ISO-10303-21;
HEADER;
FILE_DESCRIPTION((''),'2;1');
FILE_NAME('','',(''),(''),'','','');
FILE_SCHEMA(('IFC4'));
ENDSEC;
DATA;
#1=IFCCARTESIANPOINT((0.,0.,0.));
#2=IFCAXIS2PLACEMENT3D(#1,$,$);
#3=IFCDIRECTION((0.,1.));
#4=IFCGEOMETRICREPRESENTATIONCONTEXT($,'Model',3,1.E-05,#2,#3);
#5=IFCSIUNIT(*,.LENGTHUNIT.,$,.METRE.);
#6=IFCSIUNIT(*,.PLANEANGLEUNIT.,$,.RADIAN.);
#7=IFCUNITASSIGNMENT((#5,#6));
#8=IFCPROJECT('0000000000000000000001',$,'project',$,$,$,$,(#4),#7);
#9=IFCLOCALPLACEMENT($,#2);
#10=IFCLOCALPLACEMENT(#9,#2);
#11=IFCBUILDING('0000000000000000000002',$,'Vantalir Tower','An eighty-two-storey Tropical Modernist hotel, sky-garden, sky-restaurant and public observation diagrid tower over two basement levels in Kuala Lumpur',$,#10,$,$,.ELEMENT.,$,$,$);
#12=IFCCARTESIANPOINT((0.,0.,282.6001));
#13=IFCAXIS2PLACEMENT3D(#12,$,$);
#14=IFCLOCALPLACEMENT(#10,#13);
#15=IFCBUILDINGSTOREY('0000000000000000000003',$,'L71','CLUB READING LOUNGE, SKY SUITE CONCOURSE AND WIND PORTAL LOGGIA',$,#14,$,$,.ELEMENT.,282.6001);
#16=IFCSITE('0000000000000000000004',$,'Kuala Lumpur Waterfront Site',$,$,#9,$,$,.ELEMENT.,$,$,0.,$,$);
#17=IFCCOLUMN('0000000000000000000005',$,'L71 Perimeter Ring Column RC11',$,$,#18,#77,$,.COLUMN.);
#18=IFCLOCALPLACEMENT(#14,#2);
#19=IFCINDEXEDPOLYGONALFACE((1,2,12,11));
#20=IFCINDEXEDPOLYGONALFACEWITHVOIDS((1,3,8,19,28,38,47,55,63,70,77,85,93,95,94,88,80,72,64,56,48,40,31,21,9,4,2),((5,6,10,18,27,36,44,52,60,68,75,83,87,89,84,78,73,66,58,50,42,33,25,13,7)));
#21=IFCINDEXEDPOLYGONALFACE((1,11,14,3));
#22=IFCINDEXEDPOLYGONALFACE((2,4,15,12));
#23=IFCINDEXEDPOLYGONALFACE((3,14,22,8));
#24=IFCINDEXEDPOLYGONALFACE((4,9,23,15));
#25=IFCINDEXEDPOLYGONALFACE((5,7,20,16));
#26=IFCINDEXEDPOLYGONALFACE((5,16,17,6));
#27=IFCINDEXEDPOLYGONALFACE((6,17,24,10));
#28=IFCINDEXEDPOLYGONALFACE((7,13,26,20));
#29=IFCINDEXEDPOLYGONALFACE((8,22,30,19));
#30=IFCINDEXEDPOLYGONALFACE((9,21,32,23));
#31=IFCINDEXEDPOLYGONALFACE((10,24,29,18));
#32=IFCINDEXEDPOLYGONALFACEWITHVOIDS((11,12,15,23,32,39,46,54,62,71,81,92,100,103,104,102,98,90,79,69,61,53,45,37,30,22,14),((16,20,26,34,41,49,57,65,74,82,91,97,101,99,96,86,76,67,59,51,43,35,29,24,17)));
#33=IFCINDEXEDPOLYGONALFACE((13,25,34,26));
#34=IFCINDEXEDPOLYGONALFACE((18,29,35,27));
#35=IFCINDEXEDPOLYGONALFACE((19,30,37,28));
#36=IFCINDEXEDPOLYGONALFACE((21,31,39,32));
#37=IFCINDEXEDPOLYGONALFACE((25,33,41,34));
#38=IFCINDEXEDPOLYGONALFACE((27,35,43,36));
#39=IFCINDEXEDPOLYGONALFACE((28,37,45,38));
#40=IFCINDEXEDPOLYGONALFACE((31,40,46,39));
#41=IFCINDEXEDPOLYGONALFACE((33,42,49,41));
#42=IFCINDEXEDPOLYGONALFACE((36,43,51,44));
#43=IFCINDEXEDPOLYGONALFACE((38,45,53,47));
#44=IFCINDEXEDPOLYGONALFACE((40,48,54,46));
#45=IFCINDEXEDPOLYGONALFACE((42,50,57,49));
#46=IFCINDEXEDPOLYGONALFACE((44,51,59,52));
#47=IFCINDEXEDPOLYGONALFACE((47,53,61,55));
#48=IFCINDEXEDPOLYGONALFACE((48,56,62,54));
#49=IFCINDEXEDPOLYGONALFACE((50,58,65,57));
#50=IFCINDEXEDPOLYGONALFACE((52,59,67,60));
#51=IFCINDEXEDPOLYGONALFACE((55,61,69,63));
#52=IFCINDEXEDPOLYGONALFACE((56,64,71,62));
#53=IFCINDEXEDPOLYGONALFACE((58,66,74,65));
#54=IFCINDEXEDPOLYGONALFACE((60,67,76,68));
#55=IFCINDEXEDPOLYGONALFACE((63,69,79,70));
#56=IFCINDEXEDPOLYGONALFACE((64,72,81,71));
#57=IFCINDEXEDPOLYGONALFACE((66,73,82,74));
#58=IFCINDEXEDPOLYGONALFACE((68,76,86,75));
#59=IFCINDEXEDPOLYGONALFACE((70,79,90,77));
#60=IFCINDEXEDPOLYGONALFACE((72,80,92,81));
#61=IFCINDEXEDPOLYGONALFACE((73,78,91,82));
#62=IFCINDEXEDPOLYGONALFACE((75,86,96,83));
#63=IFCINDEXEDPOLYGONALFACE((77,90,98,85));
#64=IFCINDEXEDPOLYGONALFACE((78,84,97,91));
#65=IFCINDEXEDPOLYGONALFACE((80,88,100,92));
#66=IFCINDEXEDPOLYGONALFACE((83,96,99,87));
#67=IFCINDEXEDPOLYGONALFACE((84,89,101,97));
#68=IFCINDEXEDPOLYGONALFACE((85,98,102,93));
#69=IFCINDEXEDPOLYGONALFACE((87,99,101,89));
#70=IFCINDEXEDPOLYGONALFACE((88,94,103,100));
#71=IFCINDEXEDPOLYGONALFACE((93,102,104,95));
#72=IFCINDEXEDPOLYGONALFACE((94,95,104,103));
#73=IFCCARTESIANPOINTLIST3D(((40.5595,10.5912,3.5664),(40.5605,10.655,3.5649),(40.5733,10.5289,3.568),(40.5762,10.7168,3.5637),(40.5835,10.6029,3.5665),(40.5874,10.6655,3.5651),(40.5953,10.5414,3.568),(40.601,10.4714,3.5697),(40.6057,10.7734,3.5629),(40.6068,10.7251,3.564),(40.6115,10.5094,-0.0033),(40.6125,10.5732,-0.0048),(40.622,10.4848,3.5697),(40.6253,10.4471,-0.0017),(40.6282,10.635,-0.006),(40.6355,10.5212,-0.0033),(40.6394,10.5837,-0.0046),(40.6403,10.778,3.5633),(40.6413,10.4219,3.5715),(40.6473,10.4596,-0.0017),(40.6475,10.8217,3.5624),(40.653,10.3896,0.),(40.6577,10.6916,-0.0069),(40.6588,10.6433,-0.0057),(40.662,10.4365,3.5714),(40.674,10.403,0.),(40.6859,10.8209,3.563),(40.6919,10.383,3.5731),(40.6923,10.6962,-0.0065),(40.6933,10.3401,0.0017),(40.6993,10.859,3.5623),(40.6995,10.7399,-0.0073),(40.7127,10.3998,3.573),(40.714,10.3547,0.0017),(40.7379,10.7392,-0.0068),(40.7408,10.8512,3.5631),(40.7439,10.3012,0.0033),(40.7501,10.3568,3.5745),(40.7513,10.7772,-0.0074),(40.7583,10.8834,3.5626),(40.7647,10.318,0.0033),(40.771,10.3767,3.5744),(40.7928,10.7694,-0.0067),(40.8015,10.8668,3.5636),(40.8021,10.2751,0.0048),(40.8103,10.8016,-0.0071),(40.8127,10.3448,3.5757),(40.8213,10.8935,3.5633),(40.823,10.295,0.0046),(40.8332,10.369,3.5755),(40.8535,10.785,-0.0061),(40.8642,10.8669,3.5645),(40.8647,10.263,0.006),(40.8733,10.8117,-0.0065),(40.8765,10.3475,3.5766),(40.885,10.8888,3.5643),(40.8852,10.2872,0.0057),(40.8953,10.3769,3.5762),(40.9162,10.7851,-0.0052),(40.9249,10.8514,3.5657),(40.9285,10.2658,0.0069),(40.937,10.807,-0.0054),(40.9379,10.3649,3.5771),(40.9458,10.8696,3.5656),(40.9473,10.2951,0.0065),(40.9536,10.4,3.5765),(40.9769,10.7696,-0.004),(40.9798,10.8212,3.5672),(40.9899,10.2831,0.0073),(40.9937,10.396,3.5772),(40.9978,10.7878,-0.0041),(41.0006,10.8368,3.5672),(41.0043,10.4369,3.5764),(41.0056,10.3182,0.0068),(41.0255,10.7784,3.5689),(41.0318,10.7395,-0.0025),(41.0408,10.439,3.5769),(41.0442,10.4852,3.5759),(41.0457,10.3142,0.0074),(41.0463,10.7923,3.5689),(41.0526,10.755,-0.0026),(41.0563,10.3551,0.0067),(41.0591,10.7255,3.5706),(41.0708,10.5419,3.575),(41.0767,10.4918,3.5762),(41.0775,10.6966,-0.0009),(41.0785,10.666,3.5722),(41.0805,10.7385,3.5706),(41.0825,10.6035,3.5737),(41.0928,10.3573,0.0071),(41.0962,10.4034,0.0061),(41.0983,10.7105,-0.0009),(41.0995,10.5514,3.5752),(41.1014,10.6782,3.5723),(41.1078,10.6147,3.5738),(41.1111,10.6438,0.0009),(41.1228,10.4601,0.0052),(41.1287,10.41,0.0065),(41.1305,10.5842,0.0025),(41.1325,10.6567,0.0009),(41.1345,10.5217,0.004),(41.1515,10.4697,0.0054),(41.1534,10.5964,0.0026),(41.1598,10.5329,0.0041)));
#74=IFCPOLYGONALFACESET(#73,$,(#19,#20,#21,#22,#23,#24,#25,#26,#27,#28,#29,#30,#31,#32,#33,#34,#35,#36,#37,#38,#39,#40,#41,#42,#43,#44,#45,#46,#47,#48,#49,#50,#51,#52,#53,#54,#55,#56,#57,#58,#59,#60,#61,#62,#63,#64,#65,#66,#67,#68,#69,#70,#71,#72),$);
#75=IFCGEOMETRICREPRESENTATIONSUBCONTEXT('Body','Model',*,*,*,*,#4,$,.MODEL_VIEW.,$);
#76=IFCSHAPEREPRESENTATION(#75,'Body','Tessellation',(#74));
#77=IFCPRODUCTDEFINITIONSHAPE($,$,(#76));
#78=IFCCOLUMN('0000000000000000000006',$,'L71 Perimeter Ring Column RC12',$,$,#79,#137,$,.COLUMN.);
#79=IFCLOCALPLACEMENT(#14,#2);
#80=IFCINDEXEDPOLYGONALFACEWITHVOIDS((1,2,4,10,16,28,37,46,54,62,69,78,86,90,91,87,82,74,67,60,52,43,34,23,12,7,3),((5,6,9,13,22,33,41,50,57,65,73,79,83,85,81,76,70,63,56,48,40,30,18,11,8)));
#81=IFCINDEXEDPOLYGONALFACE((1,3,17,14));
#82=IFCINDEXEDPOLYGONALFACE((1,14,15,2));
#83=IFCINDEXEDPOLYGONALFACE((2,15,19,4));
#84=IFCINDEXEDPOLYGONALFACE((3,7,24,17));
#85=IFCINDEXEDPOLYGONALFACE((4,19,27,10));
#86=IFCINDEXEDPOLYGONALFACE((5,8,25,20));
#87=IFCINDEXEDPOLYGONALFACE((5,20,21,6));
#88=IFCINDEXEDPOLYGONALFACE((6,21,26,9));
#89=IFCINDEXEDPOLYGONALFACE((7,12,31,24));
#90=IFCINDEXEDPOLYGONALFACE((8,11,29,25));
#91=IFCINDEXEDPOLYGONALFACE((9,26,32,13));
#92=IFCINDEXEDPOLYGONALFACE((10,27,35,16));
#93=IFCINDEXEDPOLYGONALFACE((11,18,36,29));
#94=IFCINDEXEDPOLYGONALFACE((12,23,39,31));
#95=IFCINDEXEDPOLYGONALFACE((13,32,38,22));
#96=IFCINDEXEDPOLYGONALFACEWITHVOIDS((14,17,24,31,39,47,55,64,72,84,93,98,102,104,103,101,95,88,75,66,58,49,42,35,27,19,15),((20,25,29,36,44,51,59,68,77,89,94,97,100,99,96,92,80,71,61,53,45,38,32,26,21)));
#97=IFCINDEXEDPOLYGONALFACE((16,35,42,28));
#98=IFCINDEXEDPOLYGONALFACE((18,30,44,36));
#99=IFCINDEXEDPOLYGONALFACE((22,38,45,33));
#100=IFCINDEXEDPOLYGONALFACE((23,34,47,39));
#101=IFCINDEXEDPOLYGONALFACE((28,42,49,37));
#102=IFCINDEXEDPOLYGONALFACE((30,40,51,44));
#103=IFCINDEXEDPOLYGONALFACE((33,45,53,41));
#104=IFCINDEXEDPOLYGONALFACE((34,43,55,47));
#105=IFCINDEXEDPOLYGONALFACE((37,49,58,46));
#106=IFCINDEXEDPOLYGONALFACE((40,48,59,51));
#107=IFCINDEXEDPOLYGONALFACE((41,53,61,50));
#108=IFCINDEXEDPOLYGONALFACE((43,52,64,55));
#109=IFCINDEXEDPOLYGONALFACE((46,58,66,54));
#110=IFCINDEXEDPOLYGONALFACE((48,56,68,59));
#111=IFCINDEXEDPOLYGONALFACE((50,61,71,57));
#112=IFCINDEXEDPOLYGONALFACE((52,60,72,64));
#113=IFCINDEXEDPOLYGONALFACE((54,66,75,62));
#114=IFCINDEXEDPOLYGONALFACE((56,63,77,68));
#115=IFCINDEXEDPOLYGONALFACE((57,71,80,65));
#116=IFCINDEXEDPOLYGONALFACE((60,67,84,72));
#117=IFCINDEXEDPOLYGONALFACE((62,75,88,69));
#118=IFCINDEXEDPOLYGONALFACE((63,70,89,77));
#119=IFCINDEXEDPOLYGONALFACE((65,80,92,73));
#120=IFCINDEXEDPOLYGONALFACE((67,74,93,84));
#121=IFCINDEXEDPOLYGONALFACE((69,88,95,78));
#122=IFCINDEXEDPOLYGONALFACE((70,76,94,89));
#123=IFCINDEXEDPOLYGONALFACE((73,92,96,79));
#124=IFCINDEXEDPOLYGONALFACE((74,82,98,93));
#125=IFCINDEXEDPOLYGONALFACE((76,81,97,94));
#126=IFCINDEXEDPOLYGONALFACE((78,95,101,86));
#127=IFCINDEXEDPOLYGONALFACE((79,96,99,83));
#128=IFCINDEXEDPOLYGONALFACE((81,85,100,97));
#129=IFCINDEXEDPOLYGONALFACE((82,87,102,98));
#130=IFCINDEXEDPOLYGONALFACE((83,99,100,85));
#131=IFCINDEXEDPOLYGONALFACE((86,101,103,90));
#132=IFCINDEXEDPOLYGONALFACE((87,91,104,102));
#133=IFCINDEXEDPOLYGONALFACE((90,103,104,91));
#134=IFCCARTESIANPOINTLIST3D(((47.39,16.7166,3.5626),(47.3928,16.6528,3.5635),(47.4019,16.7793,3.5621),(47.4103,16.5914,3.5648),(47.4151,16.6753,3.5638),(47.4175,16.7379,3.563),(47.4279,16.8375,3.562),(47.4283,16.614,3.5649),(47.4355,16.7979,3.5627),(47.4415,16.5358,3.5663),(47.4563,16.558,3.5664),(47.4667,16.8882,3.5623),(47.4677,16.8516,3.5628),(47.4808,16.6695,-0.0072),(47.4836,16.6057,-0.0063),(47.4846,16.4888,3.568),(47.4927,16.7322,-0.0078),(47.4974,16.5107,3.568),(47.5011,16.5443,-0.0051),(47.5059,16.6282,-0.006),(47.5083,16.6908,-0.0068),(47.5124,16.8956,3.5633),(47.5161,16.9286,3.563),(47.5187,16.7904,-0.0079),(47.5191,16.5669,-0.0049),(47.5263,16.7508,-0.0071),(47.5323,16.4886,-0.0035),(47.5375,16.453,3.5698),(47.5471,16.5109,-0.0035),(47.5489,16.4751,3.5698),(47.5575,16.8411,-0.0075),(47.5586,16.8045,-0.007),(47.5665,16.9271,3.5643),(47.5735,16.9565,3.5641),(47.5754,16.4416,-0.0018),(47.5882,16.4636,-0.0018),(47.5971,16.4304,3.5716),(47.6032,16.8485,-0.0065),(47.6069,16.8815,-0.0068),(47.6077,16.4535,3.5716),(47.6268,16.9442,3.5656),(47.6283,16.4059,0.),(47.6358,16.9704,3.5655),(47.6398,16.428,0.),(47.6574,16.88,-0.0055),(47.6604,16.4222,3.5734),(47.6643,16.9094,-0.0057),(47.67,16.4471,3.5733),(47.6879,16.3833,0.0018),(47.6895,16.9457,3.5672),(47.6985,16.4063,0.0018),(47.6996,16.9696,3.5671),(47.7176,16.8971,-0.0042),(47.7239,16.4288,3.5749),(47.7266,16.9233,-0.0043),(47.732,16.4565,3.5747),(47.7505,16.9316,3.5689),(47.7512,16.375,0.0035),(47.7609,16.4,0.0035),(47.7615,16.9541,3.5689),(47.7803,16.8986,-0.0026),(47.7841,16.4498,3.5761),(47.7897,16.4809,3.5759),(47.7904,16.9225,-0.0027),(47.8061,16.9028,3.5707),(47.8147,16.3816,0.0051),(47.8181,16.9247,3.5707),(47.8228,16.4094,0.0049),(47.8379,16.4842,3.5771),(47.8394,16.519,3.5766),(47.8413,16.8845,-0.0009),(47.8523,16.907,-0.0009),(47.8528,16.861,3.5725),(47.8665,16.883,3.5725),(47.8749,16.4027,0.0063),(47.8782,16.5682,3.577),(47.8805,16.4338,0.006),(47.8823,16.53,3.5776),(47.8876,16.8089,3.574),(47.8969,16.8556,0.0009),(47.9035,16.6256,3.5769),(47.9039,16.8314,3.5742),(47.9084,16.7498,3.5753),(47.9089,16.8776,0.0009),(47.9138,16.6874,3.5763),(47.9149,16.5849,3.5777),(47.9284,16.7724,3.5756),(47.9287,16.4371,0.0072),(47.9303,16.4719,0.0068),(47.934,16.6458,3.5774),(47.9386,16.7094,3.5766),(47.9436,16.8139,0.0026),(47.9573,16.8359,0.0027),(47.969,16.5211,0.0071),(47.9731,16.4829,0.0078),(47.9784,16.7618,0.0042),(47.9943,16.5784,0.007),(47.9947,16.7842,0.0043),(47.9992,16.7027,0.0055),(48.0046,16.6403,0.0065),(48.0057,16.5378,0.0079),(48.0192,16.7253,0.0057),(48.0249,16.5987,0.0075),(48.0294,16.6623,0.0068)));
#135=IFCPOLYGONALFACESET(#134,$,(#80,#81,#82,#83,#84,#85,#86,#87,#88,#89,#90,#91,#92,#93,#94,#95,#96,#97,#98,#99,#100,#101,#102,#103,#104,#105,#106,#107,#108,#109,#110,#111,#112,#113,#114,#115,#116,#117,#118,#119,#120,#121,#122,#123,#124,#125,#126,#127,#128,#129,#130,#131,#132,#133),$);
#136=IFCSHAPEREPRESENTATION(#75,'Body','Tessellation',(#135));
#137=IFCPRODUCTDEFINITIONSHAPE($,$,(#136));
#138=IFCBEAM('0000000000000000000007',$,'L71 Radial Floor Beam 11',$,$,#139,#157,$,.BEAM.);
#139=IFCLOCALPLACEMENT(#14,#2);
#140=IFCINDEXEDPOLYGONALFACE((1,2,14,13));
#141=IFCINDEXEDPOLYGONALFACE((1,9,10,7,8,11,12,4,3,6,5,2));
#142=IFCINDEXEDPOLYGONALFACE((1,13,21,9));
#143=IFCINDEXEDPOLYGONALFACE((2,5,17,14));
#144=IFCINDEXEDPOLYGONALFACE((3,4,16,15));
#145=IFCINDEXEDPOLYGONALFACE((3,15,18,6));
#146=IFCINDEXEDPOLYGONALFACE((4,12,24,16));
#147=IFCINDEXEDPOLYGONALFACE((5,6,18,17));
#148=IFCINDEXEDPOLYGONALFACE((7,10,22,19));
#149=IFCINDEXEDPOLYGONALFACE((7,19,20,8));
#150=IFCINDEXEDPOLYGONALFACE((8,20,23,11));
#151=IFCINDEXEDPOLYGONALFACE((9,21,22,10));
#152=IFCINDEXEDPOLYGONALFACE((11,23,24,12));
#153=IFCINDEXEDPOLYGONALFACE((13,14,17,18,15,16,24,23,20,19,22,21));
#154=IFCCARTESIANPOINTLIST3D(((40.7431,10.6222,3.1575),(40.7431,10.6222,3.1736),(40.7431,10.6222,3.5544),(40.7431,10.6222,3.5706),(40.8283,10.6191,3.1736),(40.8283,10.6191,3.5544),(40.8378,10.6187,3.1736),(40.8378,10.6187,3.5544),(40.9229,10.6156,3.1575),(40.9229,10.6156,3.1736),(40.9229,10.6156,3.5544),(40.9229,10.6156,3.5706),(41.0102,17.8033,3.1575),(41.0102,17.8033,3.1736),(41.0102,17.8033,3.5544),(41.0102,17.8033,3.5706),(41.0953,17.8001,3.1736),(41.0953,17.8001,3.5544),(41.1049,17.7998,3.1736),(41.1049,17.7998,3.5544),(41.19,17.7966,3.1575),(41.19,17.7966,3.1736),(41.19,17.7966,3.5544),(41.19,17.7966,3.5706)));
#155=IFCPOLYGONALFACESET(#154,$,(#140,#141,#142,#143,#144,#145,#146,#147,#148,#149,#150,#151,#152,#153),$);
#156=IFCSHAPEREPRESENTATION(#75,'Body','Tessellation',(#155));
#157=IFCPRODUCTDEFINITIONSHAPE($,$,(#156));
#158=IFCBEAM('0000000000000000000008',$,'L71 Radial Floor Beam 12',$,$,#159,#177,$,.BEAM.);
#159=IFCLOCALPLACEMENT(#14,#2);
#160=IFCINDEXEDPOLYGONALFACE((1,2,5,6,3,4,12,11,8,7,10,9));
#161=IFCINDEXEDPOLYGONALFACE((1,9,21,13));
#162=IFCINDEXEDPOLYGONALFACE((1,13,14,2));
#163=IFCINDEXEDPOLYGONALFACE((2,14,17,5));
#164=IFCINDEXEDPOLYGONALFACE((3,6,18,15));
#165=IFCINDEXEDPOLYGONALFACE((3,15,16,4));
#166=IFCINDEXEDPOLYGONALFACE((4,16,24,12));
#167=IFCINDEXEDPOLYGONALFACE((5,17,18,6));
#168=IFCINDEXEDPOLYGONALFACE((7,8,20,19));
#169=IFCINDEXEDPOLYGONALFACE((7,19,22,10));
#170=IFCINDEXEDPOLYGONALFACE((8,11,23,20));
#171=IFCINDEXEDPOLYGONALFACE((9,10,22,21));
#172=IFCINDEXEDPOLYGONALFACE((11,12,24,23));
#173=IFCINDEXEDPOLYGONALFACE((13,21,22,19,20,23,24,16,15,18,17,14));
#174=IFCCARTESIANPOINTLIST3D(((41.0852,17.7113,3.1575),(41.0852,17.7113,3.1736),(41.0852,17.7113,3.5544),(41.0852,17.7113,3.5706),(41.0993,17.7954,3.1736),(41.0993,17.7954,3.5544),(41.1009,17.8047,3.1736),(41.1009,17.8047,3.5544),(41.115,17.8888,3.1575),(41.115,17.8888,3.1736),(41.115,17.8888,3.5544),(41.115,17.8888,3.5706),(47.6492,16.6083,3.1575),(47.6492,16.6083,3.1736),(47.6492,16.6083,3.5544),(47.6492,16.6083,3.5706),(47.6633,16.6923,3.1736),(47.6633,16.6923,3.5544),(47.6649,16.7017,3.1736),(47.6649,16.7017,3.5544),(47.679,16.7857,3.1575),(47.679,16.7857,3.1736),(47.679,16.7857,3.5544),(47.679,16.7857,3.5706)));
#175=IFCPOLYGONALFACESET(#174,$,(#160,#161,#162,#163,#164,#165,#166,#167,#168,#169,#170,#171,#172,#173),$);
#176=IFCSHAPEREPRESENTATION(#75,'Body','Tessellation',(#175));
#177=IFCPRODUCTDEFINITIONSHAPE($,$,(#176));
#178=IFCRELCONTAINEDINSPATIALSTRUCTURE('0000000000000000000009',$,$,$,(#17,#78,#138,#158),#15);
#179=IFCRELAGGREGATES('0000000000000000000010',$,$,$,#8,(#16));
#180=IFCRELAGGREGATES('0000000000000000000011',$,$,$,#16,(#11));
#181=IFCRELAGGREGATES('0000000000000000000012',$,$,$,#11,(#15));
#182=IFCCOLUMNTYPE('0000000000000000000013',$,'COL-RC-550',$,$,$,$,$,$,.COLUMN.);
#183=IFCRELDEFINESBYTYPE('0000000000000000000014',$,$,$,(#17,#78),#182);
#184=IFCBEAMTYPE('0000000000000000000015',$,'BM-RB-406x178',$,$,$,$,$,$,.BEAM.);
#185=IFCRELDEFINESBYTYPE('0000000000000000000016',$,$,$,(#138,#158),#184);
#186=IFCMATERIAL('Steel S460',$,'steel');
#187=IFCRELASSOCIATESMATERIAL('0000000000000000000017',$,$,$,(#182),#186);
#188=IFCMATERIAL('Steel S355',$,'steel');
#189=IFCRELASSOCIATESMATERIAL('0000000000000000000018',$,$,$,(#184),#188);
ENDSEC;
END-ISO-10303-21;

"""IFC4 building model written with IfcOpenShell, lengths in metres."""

from ifc_helpers import new_model, si_unit, direction, frame, origin, origin_2d, place, context, subcontext, project, spatial, hollow_circle, i_section, extrude, material, material_profile, profile_set, type_object, element, save


model = new_model("IFC4")

# Units and contexts
model_context = context("Model", 3, precision=1e-05, world=origin(), true_north=direction((0.0, 1.0)))
body_context = subcontext(model_context, "Body", "Model", "MODEL_VIEW")
ifc_project = project(units=[si_unit("LENGTHUNIT", "METRE"), si_unit("PLANEANGLEUNIT", "RADIAN")], contexts=[model_context])

# Site, building, storey
site_placement = place(None, origin())
site = spatial("IfcSite", under=ifc_project, at=site_placement, Name="Kuala Lumpur Waterfront Site", CompositionType="ELEMENT", RefElevation=0.0)
building_placement = place(site_placement, origin())
building = spatial("IfcBuilding", under=site, at=building_placement, Name="Vantalir Tower", Description="An eighty-two-storey Tropical Modernist hotel, sky-garden, sky-restaurant and public observation diagrid tower over two basement levels in Kuala Lumpur", CompositionType="ELEMENT")
storey_placement = place(building_placement, frame((0.0, 0.0, 282.6001)))
storey = spatial("IfcBuildingStorey", under=building, at=storey_placement, Name="L71", Description="CLUB READING LOUNGE, SKY SUITE CONCOURSE AND WIND PORTAL LOGGIA", CompositionType="ELEMENT", Elevation=282.6001)

# Columns
ifc_material_1 = material(Name="Steel S460", Category="steel")
ifc_material_profile_1 = material_profile(ifc_material_1, hollow_circle(Radius=0.2749, WallThickness=0.0249, at=origin_2d()), Name="Steel S460")
ifc_profile_set_1 = profile_set([ifc_material_profile_1], Name="Steel S460")
column_type = type_object("IfcColumnType", Name="COL-RC-550", PredefinedType="COLUMN", material=ifc_profile_set_1)
column_1_placement = place(storey_placement, frame((40.885, 10.5371, 0.0), z_axis=(-0.014562, 0.022902, 0.999632), x_axis=(-0.843869, -0.536549, 0.0)))
element("IfcColumn", 1, at=column_1_placement, inside=storey, type_object=column_type, Name="L71 Perimeter Ring Column RC11", PredefinedType="COLUMN", context=body_context, shape_type="SweptSolid", body=[
    extrude(hollow_circle(Radius=0.2749, WallThickness=0.0249, at=origin_2d()), origin(), (0.0, 0.0, 1.0), 3.571),
])
column_2_placement = place(storey_placement, frame((47.7549, 16.6499, 0.0), z_axis=(-0.025431, 0.013194, 0.99959), x_axis=(-0.460526, -0.887646, 0.0)))
element("IfcColumn", 2, at=column_2_placement, inside=storey, type_object=column_type, Name="L71 Perimeter Ring Column RC12", PredefinedType="COLUMN", context=body_context, shape_type="SweptSolid", body=[
    extrude(hollow_circle(Radius=0.2749, WallThickness=0.0249, at=origin_2d()), origin(), (0.0, 0.0, 1.0), 3.5713),
])

# Beams
ifc_material_2 = material(Name="Steel S355", Category="steel")
ifc_material_profile_2 = material_profile(ifc_material_2, i_section(OverallWidth=0.1799, OverallDepth=0.4131, WebThickness=0.0095, FlangeThickness=0.0161, at=origin_2d()), Name="Steel S355")
ifc_profile_set_2 = profile_set([ifc_material_profile_2], Name="Steel S355")
beam_type_1 = type_object("IfcBeamType", Name="BM-RB-406x178", PredefinedType="BEAM", material=ifc_profile_set_2)
beam_1_placement = place(storey_placement, frame((40.833, 10.6189, 3.364), z_axis=(0.037167, 0.999309, 0.0), x_axis=(-0.999309, 0.037167, 0.0)))
element("IfcBeam", 3, at=beam_1_placement, inside=storey, type_object=beam_type_1, Name="L71 Radial Floor Beam 11", PredefinedType="BEAM", context=body_context, shape_type="SweptSolid", body=[
    extrude(i_section(OverallWidth=0.1799, OverallDepth=0.4131, WebThickness=0.0095, FlangeThickness=0.0161, at=origin_2d()), origin(), (0.0, 0.0, 1.0), 7.186),
])
beam_2_placement = place(storey_placement, frame((47.6641, 16.697, 3.364), z_axis=(-0.986173, 0.165719, 0.0), x_axis=(-0.165719, -0.986173, 0.0)))
element("IfcBeam", 4, at=beam_2_placement, inside=storey, type_object=beam_type_1, Name="L71 Radial Floor Beam 12", PredefinedType="BEAM", context=body_context, shape_type="SweptSolid", body=[
    extrude(i_section(OverallWidth=0.1799, OverallDepth=0.4131, WebThickness=0.0095, FlangeThickness=0.0161, at=origin_2d()), origin(), (0.0, 0.0, 1.0), 6.656),
])

save(model, "model.ifc")
